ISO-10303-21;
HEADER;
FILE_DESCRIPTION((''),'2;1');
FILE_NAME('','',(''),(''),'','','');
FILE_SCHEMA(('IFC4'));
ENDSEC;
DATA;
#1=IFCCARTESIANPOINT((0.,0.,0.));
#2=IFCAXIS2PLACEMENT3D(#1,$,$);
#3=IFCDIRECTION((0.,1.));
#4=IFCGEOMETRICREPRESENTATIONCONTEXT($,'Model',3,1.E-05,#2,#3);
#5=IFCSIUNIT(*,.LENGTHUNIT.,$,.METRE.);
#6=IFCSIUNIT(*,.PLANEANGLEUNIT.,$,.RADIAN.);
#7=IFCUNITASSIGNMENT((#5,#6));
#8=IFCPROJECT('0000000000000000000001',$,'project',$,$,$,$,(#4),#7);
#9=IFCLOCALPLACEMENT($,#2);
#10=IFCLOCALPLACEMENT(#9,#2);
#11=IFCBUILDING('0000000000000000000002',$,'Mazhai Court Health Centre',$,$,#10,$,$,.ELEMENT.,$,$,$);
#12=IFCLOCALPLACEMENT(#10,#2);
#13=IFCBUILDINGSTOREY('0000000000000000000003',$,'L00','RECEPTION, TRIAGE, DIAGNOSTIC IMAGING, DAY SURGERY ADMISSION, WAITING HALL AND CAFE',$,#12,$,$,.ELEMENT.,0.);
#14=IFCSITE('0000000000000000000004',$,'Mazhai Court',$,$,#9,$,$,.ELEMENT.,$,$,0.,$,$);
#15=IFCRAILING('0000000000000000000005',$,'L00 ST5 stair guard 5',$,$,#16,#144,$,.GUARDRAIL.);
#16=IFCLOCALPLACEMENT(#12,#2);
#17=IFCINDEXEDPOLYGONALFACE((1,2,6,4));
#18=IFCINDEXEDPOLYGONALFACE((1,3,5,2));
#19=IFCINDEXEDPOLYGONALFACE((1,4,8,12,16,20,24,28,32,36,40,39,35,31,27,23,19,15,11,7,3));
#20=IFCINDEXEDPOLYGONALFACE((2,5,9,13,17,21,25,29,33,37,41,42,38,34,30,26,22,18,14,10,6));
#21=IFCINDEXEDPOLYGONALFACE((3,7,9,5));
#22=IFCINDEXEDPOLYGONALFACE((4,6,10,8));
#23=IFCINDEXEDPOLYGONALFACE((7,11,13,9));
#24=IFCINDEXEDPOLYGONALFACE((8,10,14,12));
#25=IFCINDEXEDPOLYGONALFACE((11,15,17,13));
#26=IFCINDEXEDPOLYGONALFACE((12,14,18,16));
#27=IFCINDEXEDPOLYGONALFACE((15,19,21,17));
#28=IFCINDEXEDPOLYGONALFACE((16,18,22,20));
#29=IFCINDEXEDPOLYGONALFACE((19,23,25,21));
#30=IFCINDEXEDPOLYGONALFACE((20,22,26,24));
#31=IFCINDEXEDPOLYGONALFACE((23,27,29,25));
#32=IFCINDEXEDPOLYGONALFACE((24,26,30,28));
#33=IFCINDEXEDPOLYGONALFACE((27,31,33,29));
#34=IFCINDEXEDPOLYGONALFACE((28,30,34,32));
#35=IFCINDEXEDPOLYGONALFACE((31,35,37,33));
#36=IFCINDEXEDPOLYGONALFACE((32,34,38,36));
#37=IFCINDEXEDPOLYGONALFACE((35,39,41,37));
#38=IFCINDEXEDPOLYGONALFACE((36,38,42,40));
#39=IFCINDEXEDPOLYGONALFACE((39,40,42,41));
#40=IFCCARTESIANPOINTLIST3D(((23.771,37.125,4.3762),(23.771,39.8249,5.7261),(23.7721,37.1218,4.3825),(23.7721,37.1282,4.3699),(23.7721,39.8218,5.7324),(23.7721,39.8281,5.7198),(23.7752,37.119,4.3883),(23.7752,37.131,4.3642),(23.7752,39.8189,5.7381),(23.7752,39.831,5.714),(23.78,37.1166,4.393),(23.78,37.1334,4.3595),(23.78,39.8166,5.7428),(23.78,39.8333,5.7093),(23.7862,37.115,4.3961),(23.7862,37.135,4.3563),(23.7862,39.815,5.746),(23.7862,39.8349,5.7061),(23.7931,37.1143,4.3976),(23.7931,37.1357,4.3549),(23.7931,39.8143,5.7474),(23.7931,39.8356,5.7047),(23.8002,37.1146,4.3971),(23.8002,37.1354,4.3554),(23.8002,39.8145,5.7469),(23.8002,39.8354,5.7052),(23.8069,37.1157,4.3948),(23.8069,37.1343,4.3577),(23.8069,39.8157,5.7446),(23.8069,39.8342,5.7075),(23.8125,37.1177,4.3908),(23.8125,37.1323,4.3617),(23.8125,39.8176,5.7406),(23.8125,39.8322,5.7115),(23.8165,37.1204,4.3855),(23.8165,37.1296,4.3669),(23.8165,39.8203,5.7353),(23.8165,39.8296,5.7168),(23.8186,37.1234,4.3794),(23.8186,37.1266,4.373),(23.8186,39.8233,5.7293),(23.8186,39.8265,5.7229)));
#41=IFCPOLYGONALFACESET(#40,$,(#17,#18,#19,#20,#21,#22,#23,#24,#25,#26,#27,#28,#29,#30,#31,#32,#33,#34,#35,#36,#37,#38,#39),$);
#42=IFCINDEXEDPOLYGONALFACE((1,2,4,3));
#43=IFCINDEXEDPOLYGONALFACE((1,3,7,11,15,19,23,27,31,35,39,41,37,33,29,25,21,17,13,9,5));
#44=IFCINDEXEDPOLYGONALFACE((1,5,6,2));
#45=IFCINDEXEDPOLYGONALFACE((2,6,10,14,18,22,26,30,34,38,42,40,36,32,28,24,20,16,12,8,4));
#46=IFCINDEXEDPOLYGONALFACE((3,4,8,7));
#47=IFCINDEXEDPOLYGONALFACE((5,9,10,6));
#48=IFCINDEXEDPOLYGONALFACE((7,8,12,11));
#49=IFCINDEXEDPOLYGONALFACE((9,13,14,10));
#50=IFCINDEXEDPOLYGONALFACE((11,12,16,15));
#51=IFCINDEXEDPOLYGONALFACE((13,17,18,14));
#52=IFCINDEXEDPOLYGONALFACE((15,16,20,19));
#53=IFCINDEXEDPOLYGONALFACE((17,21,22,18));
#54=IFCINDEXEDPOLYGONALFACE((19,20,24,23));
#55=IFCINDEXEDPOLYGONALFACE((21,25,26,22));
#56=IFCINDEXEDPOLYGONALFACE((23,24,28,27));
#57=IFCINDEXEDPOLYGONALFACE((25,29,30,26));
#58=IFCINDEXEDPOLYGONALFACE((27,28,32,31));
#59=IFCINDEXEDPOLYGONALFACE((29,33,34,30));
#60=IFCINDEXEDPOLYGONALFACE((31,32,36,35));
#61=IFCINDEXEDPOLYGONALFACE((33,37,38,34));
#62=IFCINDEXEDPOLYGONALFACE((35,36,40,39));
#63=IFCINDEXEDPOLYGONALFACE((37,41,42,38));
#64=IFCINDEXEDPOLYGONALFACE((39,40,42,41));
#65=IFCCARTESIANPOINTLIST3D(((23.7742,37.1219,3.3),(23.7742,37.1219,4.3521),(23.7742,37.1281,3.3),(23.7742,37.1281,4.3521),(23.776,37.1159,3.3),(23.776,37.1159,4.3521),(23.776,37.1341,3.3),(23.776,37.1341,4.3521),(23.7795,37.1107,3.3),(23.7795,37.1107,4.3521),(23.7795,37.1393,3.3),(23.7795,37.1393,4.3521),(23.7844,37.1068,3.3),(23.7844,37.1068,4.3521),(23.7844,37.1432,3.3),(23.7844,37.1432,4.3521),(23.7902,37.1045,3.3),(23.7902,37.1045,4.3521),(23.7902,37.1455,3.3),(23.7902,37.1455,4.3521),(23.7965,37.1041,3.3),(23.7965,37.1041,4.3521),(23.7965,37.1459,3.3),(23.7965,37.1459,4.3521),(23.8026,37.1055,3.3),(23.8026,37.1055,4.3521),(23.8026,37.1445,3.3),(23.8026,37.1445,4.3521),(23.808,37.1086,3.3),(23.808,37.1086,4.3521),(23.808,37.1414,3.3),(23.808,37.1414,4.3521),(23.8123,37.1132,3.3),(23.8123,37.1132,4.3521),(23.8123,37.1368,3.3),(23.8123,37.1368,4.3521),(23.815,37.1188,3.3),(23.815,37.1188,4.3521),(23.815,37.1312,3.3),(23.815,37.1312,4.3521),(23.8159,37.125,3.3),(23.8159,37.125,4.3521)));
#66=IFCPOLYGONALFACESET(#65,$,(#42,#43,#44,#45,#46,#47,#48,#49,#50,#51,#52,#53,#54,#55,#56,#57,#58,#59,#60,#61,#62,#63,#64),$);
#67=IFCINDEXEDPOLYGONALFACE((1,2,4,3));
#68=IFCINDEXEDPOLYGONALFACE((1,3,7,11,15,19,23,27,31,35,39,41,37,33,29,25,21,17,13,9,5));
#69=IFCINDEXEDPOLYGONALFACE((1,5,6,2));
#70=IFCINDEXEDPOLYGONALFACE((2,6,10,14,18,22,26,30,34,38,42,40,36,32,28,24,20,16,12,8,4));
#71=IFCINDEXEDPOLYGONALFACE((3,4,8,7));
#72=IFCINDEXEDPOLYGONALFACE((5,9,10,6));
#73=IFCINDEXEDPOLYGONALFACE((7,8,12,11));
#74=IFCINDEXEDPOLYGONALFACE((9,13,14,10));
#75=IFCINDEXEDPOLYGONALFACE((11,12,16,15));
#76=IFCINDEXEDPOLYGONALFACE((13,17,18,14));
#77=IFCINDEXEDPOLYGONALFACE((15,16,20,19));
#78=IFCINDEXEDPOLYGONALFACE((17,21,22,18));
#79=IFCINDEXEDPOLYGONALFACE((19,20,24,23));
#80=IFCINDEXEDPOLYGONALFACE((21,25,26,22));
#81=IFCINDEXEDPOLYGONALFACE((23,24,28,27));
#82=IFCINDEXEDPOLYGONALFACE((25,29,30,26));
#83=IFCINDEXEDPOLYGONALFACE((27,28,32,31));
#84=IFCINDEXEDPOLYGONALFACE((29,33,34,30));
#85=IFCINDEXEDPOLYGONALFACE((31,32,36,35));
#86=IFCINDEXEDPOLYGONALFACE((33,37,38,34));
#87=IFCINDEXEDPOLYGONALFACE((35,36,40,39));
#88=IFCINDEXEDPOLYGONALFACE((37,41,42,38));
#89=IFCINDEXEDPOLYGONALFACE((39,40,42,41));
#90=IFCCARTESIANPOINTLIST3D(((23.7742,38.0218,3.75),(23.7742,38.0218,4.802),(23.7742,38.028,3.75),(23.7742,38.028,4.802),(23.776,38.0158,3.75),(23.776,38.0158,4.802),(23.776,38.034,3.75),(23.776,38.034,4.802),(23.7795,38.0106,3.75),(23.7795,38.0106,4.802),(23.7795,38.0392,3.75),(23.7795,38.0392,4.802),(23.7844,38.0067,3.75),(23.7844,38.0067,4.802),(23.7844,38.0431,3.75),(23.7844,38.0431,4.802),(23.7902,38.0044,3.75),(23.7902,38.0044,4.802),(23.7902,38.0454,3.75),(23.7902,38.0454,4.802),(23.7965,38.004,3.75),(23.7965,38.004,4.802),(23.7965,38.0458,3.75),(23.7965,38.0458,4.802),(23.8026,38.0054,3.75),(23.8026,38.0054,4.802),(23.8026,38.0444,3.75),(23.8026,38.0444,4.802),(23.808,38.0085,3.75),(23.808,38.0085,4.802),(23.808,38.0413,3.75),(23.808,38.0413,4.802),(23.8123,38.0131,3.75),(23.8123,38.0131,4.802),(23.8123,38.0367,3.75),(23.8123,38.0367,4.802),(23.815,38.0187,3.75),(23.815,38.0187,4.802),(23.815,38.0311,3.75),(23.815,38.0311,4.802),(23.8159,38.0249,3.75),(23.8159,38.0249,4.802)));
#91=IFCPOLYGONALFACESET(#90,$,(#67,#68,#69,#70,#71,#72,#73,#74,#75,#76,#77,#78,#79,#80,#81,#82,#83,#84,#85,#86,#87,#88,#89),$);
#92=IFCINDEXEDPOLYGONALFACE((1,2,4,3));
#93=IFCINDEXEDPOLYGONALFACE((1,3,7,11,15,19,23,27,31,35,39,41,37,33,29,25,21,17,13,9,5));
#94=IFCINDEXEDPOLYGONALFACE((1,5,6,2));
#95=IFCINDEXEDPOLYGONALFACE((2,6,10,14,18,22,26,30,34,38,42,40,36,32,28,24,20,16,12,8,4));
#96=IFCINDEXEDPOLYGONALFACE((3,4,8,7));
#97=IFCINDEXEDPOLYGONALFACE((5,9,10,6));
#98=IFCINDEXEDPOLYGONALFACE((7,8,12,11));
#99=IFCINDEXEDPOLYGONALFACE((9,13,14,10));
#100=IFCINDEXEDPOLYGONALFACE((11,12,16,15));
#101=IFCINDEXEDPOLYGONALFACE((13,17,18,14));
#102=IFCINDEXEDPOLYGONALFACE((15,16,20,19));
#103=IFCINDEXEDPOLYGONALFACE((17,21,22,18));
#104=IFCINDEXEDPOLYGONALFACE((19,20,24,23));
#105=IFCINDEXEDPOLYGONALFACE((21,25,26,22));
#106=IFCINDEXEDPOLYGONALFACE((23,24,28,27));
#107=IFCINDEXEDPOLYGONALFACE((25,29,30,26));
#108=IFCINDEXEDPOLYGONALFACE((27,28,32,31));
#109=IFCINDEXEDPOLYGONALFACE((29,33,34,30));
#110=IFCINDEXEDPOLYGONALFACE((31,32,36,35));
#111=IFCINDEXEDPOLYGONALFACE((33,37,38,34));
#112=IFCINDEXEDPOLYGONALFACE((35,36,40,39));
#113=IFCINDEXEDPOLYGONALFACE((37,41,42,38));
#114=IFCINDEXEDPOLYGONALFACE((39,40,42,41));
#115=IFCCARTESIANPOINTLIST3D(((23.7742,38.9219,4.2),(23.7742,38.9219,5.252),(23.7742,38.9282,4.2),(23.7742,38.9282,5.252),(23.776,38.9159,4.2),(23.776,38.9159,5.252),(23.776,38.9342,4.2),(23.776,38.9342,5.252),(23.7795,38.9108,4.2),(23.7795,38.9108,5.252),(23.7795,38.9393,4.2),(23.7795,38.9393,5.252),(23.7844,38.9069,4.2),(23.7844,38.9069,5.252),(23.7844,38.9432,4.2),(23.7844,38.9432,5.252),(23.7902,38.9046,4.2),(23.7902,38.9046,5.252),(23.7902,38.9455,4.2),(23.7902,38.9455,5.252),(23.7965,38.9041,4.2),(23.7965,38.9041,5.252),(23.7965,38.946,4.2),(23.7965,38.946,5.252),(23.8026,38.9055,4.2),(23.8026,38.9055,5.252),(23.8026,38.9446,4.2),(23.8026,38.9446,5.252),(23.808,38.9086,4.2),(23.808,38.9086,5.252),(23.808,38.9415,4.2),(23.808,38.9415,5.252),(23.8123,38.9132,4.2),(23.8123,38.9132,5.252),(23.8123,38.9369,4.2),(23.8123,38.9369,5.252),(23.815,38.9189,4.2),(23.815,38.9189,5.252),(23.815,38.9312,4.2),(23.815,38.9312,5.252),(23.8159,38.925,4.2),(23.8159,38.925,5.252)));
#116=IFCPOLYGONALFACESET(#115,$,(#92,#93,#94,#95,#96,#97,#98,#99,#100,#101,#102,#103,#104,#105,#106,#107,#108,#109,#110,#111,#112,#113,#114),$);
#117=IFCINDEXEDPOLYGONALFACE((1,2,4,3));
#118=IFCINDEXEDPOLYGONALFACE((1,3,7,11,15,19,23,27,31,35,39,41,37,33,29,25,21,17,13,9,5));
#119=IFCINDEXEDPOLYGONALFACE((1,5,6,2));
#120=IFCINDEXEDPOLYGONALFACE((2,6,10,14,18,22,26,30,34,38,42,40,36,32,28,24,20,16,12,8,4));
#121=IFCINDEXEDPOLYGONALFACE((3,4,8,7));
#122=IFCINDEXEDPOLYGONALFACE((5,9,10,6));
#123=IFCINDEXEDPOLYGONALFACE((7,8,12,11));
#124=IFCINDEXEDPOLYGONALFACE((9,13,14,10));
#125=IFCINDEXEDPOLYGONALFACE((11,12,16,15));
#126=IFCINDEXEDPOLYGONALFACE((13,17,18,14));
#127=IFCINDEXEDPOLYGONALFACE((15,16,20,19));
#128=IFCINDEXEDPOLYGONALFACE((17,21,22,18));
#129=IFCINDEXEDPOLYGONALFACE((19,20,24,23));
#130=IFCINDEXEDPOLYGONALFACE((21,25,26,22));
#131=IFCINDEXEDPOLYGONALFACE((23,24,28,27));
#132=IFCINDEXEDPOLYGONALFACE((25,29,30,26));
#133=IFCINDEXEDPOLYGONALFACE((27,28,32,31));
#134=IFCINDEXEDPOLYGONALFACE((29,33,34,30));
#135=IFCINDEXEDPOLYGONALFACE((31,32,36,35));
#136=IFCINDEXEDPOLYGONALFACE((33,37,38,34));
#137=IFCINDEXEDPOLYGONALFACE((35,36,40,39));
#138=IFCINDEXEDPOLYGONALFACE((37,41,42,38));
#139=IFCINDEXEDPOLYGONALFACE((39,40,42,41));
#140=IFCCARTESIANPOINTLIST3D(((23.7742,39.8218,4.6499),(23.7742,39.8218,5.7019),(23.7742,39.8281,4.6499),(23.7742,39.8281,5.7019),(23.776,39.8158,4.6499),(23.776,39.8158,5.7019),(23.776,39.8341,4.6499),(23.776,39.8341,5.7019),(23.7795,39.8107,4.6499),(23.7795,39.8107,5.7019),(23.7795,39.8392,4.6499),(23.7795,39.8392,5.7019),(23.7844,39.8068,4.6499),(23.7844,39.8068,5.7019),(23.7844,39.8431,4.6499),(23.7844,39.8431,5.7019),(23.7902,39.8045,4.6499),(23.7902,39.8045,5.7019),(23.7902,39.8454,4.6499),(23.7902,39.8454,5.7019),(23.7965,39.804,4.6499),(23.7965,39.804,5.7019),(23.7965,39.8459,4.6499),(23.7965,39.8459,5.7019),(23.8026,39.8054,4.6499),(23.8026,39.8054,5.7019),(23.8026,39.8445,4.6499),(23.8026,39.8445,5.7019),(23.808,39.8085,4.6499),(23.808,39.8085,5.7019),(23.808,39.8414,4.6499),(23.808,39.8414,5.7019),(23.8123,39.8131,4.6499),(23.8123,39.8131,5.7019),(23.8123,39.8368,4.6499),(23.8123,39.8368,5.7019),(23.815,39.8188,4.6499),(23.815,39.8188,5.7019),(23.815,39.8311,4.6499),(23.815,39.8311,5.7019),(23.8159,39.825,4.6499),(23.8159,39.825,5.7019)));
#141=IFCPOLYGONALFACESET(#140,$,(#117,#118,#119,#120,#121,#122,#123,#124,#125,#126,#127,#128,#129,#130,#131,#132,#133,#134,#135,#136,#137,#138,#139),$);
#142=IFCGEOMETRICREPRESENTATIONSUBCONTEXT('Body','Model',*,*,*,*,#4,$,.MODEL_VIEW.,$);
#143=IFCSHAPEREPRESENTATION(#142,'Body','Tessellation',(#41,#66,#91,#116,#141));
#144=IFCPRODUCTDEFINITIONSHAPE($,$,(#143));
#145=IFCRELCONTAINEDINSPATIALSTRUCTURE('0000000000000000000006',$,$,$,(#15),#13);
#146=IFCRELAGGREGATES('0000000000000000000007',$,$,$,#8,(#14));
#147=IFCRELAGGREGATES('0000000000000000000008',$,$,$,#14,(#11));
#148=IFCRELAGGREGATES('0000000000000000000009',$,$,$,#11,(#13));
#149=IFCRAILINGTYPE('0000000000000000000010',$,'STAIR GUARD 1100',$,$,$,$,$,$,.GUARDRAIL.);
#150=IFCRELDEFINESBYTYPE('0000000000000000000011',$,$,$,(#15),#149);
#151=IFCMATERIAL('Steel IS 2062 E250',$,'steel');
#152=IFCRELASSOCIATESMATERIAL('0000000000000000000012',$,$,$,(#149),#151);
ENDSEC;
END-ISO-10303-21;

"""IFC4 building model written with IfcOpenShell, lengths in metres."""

from ifc_helpers import new_model, si_unit, direction, frame, origin, origin_2d, place, context, subcontext, project, spatial, circle, extrude, material, type_object, element, save


model = new_model("IFC4")

# Units and contexts
model_context = context("Model", 3, precision=1e-05, world=origin(), true_north=direction((0.0, 1.0)))
body_context = subcontext(model_context, "Body", "Model", "MODEL_VIEW")
ifc_project = project(units=[si_unit("LENGTHUNIT", "METRE"), si_unit("PLANEANGLEUNIT", "RADIAN")], contexts=[model_context])

# Site, building, storey
site_placement = place(None, origin())
site = spatial("IfcSite", under=ifc_project, at=site_placement, Name="Mazhai Court", CompositionType="ELEMENT", RefElevation=0.0)
building_placement = place(site_placement, origin())
building = spatial("IfcBuilding", under=site, at=building_placement, Name="Mazhai Court Health Centre", CompositionType="ELEMENT")
storey_placement = place(building_placement, origin())
storey = spatial("IfcBuildingStorey", under=building, at=storey_placement, Name="L00", Description="RECEPTION, TRIAGE, DIAGNOSTIC IMAGING, DAY SURGERY ADMISSION, WAITING HALL AND CAFE", CompositionType="ELEMENT", Elevation=0.0)

# Railing
ifc_material_1 = material(Name="Steel IS 2062 E250", Category="steel")
railing_type_1 = type_object("IfcRailingType", Name="STAIR GUARD 1100", PredefinedType="GUARDRAIL", material=ifc_material_1)
railing_1_placement = place(storey_placement, frame((23.7949, 37.125, 3.3)))
element("IfcRailing", 1, at=railing_1_placement, inside=storey, type_object=railing_type_1, Name="L00 ST5 stair guard 5", PredefinedType="GUARDRAIL", context=body_context, shape_type="SweptSolid", body=[
    extrude(circle(Radius=0.0239, at=origin_2d()), frame((0.0, 0.0, 1.0762), z_axis=(0.0, 0.894443, 0.447181), x_axis=(-1.0, 0.0, 0.0)), (0.0, 0.0, 1.0), 3.0186),
    extrude(circle(Radius=0.021, at=origin_2d()), origin(), (0.0, 0.0, 1.0), 1.052),
    extrude(circle(Radius=0.021, at=origin_2d()), frame((0.0, 0.8999, 0.45)), (0.0, 0.0, 1.0), 1.052),
    extrude(circle(Radius=0.021, at=origin_2d()), frame((0.0, 1.8, 0.8999)), (0.0, 0.0, 1.0), 1.052),
    extrude(circle(Radius=0.021, at=origin_2d()), frame((0.0, 2.7, 1.3499)), (0.0, 0.0, 1.0), 1.052),
])

save(model, "model.ifc")
